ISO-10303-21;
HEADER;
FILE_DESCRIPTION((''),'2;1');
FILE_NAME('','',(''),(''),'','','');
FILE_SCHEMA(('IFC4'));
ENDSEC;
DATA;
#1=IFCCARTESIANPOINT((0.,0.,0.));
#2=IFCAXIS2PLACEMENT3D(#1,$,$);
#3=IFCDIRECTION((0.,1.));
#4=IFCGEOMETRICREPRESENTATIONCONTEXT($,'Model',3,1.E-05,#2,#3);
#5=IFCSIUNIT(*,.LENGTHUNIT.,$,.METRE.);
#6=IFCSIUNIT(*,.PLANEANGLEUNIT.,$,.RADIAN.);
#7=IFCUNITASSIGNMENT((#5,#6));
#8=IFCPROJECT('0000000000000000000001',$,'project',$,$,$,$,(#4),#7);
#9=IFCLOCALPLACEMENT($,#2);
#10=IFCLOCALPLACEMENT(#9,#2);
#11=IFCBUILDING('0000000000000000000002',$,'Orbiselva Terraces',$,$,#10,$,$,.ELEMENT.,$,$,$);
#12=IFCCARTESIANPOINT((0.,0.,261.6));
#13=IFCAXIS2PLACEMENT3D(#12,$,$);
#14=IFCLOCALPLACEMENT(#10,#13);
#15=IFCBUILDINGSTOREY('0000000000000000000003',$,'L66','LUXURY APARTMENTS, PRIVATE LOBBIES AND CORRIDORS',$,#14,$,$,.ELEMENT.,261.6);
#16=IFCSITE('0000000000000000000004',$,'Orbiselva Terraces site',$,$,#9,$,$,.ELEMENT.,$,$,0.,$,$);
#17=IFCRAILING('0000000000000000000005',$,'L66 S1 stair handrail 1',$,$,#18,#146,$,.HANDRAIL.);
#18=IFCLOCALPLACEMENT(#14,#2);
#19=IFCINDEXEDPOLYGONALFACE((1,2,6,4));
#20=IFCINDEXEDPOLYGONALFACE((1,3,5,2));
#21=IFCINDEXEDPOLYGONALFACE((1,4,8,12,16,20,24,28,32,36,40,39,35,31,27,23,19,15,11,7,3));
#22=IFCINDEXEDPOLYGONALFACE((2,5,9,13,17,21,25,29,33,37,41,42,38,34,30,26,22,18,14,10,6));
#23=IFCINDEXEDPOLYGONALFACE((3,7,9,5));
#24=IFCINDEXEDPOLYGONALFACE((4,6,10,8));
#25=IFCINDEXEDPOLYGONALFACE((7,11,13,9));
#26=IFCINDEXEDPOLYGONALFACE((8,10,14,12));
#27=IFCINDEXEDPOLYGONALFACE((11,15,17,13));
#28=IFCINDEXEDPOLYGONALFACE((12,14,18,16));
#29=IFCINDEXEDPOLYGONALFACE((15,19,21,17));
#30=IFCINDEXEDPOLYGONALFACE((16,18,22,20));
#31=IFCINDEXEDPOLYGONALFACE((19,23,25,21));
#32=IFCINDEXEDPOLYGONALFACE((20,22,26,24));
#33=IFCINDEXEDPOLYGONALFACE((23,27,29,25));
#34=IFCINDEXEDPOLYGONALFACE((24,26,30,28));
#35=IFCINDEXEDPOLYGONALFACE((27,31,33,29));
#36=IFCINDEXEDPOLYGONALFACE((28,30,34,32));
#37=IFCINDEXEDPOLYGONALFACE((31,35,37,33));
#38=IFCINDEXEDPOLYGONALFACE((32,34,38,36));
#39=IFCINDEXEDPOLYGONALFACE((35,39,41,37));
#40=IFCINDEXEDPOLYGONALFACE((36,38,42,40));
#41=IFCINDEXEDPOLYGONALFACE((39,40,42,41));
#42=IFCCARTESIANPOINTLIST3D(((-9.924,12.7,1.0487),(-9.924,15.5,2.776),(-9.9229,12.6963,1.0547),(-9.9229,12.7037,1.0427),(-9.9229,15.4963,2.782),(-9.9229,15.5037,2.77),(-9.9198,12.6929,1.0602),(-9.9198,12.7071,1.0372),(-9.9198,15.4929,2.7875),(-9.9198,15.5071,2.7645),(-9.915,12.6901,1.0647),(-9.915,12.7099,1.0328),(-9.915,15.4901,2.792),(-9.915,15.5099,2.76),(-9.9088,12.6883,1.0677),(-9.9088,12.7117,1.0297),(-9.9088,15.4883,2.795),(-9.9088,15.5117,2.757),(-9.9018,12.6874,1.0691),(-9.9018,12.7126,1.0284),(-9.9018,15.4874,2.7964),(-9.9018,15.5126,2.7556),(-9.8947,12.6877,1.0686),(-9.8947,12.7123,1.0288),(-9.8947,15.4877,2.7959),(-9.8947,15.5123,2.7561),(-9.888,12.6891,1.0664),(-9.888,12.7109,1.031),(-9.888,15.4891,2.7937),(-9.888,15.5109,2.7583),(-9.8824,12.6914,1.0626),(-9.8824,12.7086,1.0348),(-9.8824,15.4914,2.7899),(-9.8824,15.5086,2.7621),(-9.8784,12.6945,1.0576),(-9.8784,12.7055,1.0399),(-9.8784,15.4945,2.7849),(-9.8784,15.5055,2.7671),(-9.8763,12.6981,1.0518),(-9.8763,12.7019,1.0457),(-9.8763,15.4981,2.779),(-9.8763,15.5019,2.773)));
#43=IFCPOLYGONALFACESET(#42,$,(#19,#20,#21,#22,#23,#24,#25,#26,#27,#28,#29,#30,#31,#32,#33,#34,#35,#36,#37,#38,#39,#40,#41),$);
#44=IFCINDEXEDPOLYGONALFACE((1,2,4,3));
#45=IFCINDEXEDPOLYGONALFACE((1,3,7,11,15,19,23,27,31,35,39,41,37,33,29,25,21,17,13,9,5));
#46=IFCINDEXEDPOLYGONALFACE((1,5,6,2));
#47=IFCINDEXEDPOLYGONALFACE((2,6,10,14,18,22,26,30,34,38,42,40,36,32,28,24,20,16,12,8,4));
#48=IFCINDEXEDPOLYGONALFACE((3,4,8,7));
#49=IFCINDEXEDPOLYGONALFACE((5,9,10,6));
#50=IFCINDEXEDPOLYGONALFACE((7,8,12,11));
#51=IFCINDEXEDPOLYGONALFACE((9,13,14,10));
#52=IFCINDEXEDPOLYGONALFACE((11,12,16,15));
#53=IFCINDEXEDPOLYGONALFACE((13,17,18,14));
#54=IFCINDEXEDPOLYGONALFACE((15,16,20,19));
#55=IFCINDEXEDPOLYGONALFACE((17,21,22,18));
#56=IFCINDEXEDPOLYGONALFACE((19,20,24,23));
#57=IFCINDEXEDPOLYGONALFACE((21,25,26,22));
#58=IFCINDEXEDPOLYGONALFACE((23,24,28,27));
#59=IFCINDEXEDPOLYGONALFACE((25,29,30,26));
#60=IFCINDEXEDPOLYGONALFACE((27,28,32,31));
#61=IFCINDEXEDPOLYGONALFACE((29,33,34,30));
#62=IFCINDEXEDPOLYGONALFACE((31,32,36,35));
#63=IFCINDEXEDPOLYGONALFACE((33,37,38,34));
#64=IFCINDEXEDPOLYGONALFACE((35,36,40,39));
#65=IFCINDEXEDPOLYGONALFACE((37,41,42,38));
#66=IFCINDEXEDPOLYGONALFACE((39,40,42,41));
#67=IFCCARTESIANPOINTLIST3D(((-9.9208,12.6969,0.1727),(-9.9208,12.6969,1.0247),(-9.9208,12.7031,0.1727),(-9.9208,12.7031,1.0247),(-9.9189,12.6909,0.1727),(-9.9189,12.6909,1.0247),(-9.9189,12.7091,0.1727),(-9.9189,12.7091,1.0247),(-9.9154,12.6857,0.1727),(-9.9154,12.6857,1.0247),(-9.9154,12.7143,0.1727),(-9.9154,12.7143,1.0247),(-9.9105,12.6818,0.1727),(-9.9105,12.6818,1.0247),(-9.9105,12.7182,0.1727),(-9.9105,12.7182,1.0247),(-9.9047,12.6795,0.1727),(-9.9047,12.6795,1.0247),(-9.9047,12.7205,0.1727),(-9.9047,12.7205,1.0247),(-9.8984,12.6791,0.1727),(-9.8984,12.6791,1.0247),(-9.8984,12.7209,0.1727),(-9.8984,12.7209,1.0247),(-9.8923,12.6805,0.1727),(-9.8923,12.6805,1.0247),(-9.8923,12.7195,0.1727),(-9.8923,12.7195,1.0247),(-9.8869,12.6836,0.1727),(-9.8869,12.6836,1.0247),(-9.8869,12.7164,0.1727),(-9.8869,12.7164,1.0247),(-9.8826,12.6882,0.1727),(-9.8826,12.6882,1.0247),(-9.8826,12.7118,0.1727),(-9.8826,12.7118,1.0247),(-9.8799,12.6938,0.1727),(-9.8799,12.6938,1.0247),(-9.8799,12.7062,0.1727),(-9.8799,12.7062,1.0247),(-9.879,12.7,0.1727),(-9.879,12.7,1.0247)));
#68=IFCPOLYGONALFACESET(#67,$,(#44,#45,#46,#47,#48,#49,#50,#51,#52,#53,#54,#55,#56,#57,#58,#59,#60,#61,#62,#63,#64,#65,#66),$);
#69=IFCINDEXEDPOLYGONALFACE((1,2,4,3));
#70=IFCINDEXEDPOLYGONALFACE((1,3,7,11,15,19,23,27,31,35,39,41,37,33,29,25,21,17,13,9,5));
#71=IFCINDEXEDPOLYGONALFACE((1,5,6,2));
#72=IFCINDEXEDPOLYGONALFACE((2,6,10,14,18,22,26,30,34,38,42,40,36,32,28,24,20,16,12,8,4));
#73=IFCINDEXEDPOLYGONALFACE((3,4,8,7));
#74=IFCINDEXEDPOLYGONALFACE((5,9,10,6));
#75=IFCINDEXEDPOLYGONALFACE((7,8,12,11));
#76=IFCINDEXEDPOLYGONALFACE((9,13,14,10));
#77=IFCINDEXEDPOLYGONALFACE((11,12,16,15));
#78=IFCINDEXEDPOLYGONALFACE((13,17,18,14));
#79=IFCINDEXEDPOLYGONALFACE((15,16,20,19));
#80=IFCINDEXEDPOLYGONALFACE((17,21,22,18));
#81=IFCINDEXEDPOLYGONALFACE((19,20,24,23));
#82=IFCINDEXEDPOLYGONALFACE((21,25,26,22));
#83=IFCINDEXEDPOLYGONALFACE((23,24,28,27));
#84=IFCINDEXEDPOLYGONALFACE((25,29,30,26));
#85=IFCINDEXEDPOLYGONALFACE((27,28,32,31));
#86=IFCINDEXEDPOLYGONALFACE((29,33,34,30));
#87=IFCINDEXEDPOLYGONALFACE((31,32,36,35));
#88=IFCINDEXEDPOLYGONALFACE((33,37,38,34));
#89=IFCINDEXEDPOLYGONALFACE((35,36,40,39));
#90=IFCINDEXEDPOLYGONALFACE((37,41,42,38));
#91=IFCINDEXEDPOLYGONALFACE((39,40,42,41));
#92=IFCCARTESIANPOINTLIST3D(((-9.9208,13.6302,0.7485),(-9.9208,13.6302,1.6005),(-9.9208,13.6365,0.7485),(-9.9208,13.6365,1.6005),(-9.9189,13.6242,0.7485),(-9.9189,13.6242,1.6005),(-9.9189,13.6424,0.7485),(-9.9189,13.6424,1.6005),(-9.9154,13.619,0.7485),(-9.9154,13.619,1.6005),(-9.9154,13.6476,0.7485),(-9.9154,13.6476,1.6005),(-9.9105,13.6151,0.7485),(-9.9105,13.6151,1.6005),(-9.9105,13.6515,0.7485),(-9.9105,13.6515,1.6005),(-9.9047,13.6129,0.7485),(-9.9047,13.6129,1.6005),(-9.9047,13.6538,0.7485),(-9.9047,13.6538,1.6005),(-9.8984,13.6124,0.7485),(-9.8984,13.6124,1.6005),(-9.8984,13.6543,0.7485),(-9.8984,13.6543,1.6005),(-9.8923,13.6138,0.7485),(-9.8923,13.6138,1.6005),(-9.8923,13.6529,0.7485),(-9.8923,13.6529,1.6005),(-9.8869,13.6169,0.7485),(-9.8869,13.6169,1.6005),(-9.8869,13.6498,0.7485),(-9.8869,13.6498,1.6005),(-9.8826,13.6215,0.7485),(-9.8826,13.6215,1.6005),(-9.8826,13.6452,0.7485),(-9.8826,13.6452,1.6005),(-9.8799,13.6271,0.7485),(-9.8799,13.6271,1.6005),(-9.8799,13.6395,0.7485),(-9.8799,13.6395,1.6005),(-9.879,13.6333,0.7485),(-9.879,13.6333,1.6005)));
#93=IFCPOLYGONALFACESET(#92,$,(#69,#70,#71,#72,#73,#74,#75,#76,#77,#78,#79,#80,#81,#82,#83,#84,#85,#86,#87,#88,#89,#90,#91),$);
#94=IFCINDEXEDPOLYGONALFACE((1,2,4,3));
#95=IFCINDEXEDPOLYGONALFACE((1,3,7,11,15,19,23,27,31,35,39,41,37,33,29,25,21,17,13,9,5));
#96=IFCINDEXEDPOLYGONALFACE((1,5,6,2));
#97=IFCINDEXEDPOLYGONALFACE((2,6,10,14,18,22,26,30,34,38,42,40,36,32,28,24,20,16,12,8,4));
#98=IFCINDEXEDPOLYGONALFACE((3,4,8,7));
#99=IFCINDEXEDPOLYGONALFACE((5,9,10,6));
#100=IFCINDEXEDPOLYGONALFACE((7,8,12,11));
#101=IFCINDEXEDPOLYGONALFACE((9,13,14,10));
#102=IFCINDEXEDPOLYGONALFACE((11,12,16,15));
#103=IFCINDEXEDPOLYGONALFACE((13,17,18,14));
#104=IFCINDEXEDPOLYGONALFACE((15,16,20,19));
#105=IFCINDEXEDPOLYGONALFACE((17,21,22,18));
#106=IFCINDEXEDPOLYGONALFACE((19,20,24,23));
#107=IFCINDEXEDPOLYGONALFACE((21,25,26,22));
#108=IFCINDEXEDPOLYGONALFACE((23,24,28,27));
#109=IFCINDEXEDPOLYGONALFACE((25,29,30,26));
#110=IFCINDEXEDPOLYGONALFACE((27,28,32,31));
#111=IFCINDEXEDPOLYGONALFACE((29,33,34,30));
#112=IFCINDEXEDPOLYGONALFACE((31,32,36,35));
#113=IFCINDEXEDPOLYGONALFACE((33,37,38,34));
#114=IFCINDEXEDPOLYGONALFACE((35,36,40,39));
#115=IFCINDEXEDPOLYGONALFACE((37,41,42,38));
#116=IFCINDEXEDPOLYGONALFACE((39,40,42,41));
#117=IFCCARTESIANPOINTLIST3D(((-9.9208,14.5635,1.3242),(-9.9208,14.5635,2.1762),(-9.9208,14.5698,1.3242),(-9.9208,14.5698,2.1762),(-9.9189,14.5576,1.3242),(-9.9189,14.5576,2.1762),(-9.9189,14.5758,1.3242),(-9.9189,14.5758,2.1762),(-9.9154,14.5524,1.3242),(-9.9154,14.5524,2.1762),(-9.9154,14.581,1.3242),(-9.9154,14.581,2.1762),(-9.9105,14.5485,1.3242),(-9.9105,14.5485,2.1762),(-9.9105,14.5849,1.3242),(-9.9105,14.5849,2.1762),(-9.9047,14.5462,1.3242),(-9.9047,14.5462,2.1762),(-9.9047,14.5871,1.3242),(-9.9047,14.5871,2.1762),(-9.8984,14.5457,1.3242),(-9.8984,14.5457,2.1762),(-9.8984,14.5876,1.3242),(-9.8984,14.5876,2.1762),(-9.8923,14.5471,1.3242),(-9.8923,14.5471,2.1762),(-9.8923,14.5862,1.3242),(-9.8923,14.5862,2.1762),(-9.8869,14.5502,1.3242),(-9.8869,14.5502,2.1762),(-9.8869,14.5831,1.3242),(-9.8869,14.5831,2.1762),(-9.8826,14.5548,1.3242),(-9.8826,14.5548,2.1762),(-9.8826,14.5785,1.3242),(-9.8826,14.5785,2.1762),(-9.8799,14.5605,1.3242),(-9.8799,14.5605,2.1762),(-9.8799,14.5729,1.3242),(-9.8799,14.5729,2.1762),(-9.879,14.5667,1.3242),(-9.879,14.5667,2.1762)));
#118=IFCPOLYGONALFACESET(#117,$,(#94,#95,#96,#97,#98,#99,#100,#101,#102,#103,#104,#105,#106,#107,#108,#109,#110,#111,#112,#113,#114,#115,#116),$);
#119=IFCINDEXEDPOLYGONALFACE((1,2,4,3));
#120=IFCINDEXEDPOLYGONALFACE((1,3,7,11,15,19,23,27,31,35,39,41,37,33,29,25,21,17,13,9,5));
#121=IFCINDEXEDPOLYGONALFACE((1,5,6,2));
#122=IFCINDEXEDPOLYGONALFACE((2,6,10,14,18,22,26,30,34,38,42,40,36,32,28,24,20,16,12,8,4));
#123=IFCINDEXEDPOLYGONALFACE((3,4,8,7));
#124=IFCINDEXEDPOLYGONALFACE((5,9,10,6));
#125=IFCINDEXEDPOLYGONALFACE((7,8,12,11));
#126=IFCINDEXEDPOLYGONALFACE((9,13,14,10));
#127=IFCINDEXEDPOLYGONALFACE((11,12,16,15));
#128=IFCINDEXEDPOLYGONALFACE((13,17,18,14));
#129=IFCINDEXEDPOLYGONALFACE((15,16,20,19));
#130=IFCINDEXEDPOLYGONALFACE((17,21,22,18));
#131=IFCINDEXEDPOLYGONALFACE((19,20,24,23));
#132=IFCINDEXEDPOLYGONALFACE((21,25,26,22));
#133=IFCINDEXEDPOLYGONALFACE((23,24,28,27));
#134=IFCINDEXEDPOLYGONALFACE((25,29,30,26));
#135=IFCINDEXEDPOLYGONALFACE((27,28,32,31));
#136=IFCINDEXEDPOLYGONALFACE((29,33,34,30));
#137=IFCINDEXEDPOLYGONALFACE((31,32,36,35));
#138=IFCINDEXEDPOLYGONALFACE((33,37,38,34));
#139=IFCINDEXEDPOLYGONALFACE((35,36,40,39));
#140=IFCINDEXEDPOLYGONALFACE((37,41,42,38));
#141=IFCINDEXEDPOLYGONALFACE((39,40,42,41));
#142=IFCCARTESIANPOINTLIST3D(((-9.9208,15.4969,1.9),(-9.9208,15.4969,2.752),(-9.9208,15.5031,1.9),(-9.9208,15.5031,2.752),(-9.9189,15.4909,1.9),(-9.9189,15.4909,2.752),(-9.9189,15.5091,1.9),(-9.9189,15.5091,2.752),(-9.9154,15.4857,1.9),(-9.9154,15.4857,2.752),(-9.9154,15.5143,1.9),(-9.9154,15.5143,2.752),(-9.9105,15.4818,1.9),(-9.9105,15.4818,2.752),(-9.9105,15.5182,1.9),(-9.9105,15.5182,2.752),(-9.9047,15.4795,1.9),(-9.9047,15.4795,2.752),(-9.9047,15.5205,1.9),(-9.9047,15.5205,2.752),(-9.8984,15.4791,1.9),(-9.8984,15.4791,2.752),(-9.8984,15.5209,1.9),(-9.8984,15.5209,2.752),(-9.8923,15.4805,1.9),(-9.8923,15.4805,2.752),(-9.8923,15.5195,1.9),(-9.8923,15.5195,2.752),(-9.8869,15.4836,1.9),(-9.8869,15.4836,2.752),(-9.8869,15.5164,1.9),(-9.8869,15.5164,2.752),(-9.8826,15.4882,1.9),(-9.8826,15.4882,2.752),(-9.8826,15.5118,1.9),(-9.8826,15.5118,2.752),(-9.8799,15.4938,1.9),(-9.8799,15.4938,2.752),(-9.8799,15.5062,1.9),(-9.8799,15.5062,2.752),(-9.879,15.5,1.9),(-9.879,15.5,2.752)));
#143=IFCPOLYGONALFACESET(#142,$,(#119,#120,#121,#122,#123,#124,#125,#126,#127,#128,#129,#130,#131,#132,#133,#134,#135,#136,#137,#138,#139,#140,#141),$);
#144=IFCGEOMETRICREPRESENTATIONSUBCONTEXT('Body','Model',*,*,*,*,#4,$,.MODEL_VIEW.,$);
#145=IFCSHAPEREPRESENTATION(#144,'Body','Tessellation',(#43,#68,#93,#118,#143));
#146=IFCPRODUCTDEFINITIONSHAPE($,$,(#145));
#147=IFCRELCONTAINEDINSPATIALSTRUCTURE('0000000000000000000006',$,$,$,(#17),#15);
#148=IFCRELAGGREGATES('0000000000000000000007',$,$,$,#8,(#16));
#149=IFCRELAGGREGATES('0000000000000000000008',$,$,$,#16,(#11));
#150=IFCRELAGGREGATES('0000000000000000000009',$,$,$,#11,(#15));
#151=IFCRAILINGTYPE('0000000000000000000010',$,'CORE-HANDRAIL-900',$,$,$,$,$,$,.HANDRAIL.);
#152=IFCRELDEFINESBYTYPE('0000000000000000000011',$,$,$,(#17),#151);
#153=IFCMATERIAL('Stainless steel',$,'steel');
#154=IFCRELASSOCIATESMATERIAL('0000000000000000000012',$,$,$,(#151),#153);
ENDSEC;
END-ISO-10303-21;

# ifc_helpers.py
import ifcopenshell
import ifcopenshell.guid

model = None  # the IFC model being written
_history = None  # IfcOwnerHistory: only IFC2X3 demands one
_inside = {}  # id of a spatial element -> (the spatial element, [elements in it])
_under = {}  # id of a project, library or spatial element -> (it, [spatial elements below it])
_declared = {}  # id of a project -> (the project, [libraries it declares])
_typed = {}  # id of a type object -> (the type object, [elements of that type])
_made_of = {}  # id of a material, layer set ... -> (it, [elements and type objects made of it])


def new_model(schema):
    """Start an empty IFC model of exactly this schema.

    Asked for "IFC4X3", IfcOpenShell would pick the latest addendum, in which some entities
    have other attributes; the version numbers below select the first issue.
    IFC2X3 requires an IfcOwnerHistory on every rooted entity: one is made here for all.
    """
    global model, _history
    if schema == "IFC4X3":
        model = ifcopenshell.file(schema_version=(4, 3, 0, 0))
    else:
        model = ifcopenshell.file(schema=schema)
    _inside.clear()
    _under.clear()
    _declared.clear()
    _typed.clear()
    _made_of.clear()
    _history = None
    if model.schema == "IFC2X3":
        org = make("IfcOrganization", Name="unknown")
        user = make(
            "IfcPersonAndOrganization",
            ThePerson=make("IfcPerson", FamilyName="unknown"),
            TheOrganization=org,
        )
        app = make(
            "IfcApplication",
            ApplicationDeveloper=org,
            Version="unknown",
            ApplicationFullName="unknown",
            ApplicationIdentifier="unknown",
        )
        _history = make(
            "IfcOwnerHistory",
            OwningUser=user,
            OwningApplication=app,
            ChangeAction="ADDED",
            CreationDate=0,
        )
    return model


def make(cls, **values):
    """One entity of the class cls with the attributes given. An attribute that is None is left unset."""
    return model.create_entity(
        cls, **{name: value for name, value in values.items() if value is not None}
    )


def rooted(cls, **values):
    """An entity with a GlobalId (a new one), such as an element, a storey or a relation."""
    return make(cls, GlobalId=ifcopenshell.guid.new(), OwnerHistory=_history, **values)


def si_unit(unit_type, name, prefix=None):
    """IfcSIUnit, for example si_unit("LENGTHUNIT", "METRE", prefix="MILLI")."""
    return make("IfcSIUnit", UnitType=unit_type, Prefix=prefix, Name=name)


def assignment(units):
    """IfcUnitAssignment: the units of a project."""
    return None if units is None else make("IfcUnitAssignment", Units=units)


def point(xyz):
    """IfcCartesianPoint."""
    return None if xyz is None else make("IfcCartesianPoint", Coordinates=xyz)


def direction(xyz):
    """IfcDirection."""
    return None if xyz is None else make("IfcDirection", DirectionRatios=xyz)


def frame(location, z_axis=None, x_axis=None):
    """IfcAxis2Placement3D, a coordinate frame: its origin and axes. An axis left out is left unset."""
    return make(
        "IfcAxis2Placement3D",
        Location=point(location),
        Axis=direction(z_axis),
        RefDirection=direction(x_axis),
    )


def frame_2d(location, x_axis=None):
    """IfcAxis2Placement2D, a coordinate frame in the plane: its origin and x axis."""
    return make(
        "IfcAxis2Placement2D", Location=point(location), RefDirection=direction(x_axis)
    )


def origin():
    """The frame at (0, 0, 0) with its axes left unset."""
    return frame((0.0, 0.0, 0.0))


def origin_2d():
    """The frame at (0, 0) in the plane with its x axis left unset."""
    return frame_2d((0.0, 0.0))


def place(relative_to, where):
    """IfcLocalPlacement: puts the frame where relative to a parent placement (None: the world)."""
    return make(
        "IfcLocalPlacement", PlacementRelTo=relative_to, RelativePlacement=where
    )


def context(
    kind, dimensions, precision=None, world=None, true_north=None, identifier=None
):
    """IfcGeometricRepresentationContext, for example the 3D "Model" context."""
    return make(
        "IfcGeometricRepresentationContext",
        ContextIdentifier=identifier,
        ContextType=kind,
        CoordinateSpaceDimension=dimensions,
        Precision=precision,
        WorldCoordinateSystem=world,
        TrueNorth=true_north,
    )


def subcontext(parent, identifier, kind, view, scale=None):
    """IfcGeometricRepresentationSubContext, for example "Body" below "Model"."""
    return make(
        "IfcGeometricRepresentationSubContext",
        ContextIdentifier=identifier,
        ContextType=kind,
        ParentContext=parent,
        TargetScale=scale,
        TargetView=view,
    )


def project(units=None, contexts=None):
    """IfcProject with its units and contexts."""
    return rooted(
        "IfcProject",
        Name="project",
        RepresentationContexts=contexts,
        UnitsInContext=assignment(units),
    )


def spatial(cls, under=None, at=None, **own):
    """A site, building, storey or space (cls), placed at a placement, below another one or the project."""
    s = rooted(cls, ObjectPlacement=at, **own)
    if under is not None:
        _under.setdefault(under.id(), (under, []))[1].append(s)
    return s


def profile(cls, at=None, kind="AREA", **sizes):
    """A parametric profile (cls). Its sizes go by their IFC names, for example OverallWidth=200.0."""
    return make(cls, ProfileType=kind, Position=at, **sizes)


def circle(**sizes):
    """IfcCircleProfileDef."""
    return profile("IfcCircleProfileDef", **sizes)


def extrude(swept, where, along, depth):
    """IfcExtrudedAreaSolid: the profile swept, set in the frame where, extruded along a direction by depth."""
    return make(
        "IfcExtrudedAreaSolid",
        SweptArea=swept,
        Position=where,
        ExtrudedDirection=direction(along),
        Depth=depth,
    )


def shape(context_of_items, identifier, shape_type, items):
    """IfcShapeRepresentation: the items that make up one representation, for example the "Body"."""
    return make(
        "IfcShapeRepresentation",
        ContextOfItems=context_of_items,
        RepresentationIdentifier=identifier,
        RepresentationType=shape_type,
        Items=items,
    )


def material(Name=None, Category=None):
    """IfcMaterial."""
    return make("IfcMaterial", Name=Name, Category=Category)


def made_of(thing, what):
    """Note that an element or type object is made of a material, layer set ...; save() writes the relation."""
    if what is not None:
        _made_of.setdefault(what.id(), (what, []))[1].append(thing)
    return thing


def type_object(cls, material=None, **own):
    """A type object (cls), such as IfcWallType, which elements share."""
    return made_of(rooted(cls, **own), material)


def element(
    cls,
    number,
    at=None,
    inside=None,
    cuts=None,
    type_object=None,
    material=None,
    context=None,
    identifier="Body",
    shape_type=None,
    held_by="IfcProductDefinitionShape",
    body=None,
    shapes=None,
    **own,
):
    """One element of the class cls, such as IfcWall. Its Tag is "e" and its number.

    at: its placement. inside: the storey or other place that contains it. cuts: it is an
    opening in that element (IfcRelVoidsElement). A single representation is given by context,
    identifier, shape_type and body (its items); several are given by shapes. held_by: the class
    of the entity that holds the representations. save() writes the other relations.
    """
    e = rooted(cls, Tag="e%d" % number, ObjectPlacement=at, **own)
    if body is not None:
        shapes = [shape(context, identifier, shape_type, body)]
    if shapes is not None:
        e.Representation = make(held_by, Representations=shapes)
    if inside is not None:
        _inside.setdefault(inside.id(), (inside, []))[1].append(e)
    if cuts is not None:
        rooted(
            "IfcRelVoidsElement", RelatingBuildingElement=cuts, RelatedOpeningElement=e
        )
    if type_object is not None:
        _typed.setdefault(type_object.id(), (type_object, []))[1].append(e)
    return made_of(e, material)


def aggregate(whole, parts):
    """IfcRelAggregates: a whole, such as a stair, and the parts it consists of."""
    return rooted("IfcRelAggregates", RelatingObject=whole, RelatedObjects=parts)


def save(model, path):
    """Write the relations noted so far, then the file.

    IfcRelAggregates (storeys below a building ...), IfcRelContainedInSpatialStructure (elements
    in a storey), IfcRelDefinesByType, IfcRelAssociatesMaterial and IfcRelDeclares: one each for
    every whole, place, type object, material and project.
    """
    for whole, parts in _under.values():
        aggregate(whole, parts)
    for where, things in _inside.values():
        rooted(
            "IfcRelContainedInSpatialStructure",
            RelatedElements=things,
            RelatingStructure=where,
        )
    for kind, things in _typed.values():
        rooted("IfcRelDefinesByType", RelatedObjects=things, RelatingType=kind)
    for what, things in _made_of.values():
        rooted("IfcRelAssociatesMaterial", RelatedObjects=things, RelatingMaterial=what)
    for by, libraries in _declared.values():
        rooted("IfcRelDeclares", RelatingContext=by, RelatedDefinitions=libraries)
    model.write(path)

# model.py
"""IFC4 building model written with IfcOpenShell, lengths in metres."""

from ifc_helpers import new_model, si_unit, direction, frame, origin, origin_2d, place, context, subcontext, project, spatial, circle, extrude, material, type_object, element, save


model = new_model("IFC4")

# Units and contexts
model_context = context("Model", 3, precision=1e-05, world=origin(), true_north=direction((0.0, 1.0)))
body_context = subcontext(model_context, "Body", "Model", "MODEL_VIEW")
ifc_project = project(units=[si_unit("LENGTHUNIT", "METRE"), si_unit("PLANEANGLEUNIT", "RADIAN")], contexts=[model_context])

# Site, building, storey
site_placement = place(None, origin())
site = spatial("IfcSite", under=ifc_project, at=site_placement, Name="Orbiselva Terraces site", CompositionType="ELEMENT", RefElevation=0.0)
building_placement = place(site_placement, origin())
building = spatial("IfcBuilding", under=site, at=building_placement, Name="Orbiselva Terraces", CompositionType="ELEMENT")
storey_placement = place(building_placement, frame((0.0, 0.0, 261.6)))
storey = spatial("IfcBuildingStorey", under=building, at=storey_placement, Name="L66", Description="LUXURY APARTMENTS, PRIVATE LOBBIES AND CORRIDORS", CompositionType="ELEMENT", Elevation=261.6)

# Railing
ifc_material_1 = material(Name="Stainless steel", Category="steel")
railing_type_1 = type_object("IfcRailingType", Name="CORE-HANDRAIL-900", PredefinedType="HANDRAIL", material=ifc_material_1)
railing_1_placement = place(storey_placement, frame((-9.9, 12.7, 0.1727)))
element("IfcRailing", 1, at=railing_1_placement, inside=storey, type_object=railing_type_1, Name="L66 S1 stair handrail 1", PredefinedType="HANDRAIL", context=body_context, shape_type="SweptSolid", body=[
    extrude(circle(Radius=0.024, at=origin_2d()), frame((0.0, 0.0, 0.876), z_axis=(0.0, 0.851089, 0.525022), x_axis=(-1.0, 0.0, 0.0)), (0.0, 0.0, 1.0), 3.2899),
    extrude(circle(Radius=0.021, at=origin_2d()), origin(), (0.0, 0.0, 1.0), 0.852),
    extrude(circle(Radius=0.021, at=origin_2d()), frame((0.0, 0.9333, 0.5758)), (0.0, 0.0, 1.0), 0.852),
    extrude(circle(Radius=0.021, at=origin_2d()), frame((0.0, 1.8667, 1.1515)), (0.0, 0.0, 1.0), 0.852),
    extrude(circle(Radius=0.021, at=origin_2d()), frame((0.0, 2.8, 1.7273)), (0.0, 0.0, 1.0), 0.852),
])

save(model, "model.ifc")
